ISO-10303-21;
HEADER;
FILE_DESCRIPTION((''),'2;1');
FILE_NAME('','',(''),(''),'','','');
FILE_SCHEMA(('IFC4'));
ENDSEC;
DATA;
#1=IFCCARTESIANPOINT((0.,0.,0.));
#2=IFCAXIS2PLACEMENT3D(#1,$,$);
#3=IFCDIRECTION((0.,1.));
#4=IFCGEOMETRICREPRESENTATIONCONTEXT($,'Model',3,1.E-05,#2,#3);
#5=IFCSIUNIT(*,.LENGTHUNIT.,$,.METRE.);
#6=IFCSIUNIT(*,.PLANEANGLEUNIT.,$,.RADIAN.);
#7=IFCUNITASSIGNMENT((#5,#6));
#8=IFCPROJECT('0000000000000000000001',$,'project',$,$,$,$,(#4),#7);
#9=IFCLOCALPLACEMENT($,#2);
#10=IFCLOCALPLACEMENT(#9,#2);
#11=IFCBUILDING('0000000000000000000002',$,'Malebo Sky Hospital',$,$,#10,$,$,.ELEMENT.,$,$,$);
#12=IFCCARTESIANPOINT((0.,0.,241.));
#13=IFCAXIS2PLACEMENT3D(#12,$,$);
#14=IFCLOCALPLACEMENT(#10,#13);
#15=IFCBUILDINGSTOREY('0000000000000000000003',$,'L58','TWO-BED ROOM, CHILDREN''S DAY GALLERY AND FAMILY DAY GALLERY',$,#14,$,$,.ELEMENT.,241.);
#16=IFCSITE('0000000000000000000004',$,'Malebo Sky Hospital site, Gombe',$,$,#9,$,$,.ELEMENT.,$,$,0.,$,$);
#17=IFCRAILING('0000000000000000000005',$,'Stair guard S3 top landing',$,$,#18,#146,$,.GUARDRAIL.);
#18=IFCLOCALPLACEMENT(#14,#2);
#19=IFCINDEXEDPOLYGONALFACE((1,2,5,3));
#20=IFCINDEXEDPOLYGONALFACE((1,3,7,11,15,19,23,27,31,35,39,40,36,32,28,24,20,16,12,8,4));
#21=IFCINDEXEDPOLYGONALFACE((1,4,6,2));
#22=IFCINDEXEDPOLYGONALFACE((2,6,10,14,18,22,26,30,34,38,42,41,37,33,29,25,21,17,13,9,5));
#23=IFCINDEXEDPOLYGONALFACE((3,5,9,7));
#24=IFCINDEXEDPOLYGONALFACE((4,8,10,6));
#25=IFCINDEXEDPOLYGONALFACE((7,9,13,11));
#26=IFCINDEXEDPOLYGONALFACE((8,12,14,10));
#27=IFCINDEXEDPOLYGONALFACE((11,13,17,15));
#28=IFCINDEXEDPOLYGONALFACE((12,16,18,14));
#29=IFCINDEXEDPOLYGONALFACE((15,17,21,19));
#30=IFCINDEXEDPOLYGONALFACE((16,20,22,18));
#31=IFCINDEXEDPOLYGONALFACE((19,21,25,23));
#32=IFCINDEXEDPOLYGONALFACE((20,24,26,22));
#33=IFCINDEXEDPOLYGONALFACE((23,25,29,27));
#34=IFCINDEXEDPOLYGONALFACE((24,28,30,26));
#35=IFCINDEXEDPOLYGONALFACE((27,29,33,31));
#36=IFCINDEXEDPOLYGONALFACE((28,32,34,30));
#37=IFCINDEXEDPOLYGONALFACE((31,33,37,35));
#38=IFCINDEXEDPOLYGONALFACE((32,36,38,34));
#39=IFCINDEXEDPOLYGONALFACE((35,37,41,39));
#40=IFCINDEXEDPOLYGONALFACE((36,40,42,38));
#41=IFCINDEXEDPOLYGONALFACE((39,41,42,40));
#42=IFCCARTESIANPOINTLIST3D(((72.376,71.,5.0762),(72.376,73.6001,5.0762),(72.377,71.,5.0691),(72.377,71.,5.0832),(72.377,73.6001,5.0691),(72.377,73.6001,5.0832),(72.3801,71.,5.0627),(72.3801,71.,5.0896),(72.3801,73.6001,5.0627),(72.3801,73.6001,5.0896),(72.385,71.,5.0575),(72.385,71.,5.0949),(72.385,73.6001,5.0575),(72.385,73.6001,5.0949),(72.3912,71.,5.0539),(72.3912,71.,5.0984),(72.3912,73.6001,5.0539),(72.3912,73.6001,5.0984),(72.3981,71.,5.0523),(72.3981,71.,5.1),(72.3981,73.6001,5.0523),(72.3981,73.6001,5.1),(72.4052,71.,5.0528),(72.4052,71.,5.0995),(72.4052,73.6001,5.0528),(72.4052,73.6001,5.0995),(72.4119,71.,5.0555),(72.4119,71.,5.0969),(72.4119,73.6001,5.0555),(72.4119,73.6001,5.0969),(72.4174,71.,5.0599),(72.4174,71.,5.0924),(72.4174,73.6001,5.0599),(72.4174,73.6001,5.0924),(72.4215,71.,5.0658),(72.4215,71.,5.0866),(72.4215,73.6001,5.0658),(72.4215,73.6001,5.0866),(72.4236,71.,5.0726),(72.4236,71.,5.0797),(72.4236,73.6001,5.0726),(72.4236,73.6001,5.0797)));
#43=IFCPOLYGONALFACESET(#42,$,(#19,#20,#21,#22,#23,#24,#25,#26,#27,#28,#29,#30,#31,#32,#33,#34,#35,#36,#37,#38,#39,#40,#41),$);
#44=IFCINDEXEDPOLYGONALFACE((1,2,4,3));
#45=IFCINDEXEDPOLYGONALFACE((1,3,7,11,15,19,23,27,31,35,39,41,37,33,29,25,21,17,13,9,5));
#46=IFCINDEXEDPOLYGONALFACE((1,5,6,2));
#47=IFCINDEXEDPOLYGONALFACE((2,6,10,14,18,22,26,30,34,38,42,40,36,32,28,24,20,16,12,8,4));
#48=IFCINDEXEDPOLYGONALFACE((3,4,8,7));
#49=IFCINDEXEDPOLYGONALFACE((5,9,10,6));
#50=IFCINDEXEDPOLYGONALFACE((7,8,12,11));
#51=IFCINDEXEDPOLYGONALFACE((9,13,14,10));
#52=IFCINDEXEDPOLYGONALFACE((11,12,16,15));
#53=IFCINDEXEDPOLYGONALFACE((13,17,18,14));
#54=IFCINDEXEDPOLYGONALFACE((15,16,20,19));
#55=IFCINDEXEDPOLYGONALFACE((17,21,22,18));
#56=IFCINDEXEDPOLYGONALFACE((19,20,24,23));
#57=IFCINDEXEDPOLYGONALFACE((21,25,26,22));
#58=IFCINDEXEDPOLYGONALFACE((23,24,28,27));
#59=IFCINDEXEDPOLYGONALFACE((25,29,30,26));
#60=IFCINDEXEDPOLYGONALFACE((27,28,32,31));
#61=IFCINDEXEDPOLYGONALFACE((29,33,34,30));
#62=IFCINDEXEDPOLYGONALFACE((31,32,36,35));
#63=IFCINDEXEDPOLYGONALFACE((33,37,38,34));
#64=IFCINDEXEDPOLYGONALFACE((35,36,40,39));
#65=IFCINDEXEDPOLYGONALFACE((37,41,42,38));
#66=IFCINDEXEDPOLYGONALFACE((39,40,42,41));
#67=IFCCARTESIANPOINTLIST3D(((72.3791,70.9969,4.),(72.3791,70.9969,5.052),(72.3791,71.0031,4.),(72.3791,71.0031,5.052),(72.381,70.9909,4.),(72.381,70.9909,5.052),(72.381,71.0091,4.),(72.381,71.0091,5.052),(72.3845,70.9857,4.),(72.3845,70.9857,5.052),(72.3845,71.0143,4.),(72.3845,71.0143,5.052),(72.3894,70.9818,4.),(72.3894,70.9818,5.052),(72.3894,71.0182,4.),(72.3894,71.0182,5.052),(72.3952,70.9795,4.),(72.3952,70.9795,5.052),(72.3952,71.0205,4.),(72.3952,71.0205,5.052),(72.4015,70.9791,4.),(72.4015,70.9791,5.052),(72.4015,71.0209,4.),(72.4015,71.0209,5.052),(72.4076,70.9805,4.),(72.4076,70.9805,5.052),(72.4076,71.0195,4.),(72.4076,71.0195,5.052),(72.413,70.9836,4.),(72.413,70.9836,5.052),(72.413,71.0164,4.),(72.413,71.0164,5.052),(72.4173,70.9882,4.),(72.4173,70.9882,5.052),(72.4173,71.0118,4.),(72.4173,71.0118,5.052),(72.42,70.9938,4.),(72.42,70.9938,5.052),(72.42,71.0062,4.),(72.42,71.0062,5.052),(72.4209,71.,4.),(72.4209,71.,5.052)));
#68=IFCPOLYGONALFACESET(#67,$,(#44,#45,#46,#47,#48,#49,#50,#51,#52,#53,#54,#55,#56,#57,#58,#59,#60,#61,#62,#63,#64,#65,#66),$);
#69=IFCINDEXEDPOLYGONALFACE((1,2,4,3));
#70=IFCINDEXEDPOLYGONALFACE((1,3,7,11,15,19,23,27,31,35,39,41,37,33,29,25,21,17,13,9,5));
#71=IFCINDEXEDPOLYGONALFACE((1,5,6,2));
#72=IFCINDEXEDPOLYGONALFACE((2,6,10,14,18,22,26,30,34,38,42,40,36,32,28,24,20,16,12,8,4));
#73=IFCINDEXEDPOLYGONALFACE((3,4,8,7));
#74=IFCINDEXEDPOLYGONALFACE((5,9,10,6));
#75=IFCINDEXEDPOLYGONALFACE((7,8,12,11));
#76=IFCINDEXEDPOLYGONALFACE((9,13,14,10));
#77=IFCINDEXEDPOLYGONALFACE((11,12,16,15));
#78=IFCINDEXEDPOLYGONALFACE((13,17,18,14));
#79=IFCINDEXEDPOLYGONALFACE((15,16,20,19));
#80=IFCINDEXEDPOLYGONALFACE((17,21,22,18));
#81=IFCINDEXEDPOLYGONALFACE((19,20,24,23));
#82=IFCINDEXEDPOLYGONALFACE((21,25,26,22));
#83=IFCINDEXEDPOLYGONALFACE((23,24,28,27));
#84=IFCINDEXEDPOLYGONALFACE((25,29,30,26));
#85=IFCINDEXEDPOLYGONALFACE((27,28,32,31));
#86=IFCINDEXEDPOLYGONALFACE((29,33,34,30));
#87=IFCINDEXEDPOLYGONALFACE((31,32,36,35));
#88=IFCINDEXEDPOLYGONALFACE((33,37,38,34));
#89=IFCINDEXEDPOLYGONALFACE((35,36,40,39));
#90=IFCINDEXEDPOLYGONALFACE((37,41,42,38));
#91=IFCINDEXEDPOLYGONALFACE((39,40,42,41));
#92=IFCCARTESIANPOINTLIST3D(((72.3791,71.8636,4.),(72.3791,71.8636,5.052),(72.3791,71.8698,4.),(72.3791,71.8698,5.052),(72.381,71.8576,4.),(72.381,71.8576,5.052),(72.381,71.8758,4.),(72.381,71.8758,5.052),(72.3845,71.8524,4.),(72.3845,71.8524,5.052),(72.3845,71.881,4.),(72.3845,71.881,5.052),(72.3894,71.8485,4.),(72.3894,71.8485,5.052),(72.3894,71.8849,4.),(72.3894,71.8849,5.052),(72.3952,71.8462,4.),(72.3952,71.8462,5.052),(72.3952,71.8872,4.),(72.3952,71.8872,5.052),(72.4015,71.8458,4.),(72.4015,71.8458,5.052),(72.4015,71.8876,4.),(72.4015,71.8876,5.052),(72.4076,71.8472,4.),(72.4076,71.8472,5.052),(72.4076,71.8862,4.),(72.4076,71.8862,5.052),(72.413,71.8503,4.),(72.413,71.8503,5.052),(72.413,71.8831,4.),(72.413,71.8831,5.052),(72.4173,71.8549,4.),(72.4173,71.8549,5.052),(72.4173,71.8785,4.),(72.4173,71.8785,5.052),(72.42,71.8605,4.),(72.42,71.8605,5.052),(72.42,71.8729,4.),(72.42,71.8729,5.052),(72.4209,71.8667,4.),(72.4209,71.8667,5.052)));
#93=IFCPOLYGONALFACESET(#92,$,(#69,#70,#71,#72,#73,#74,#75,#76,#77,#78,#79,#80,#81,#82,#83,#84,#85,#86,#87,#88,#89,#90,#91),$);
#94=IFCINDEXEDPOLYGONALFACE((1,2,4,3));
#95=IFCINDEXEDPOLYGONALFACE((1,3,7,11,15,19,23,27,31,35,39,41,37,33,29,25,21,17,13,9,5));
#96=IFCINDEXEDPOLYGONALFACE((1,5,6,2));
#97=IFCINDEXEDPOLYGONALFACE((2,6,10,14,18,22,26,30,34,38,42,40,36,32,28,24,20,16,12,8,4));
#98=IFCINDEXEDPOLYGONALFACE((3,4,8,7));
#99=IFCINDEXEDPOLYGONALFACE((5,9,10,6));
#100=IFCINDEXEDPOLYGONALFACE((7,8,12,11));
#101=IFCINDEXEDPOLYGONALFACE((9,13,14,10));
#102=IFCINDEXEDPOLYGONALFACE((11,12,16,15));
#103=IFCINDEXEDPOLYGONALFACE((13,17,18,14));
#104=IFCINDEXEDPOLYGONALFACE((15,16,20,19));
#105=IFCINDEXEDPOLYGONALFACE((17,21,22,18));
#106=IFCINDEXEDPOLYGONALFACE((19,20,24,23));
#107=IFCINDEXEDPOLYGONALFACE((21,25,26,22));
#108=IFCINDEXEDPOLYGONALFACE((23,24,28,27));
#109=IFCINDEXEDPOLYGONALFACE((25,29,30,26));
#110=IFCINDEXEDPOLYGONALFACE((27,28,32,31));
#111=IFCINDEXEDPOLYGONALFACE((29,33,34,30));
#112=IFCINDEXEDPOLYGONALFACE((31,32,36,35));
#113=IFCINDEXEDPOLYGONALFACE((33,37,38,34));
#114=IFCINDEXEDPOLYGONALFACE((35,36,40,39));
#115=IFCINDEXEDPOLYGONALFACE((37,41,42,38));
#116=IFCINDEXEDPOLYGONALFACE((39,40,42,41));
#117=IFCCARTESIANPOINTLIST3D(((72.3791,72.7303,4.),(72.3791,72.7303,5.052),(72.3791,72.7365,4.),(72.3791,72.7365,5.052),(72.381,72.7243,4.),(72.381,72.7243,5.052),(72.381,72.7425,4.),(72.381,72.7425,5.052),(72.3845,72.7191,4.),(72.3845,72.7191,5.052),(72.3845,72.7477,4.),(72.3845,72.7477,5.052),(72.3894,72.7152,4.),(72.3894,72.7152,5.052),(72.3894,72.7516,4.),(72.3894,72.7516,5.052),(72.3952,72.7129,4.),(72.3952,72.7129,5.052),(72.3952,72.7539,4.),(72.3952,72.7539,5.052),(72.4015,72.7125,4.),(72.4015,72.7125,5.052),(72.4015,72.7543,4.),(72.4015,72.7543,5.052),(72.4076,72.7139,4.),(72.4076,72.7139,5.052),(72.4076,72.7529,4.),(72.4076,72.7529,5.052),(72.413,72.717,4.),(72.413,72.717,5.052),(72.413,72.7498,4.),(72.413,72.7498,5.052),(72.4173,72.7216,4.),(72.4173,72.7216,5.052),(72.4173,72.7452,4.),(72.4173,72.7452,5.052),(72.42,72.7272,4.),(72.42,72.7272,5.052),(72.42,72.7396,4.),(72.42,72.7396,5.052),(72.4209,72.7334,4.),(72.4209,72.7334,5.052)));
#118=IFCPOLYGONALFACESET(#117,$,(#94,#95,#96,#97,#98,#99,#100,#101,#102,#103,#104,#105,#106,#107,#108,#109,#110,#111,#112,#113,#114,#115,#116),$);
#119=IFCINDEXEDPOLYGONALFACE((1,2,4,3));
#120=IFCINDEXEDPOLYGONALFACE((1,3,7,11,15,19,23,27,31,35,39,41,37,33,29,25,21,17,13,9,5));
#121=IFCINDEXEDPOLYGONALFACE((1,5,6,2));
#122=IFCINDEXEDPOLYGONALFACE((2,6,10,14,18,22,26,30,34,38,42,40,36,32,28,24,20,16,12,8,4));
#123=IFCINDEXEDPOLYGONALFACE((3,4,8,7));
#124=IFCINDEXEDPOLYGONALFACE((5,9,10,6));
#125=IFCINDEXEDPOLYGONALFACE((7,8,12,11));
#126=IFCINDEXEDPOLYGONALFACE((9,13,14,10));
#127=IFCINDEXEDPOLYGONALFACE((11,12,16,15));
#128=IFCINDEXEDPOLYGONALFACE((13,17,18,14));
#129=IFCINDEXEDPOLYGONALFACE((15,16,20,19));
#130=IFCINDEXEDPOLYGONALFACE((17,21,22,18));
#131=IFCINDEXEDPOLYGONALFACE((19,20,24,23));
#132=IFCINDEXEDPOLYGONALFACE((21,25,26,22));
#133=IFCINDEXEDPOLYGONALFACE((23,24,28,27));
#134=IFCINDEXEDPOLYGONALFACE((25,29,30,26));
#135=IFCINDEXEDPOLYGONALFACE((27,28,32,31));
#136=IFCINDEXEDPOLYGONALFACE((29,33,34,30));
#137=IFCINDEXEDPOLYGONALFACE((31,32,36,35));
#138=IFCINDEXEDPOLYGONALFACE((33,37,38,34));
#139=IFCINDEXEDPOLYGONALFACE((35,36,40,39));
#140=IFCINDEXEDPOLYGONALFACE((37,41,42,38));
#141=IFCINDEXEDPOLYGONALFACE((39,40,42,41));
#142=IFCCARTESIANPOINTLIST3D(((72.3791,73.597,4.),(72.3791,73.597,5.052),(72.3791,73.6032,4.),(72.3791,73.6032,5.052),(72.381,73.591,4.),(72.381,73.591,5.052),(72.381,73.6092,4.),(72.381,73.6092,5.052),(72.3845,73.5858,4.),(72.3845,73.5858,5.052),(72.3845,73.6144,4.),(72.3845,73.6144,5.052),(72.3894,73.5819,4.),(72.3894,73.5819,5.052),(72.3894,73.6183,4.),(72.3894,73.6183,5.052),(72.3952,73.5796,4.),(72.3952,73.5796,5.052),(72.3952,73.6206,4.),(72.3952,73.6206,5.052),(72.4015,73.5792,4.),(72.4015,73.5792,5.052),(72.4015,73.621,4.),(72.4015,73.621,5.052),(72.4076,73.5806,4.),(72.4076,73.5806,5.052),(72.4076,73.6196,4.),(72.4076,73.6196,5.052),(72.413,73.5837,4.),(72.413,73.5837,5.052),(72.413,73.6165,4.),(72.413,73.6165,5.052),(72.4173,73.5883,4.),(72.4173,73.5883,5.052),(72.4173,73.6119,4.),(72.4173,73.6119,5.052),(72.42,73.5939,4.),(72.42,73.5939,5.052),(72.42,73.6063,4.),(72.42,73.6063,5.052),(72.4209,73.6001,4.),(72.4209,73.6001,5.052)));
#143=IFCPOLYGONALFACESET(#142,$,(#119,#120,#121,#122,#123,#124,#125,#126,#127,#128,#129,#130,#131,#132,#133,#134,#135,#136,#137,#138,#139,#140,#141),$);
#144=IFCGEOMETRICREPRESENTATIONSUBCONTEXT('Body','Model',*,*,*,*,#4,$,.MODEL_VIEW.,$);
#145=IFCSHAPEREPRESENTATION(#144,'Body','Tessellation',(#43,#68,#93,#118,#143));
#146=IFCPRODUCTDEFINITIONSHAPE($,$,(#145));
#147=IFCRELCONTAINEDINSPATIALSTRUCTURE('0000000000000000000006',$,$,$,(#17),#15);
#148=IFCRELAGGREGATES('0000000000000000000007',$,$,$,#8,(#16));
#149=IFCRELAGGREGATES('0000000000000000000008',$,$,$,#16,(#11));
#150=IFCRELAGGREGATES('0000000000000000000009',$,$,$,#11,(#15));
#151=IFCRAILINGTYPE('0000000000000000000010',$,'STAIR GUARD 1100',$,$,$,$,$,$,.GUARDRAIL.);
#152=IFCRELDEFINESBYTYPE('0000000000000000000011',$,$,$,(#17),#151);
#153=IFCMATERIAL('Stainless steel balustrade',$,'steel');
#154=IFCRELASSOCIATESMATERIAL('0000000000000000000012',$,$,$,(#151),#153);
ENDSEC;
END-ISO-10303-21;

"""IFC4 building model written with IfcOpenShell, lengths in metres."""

from ifc_helpers import new_model, si_unit, direction, frame, origin, origin_2d, place, context, subcontext, project, spatial, circle, extrude, material, type_object, element, save


model = new_model("IFC4")

# Units and contexts
model_context = context("Model", 3, precision=1e-05, world=origin(), true_north=direction((0.0, 1.0)))
body_context = subcontext(model_context, "Body", "Model", "MODEL_VIEW")
ifc_project = project(units=[si_unit("LENGTHUNIT", "METRE"), si_unit("PLANEANGLEUNIT", "RADIAN")], contexts=[model_context])

# Site, building, storey
site_placement = place(None, origin())
site = spatial("IfcSite", under=ifc_project, at=site_placement, Name="Malebo Sky Hospital site, Gombe", CompositionType="ELEMENT", RefElevation=0.0)
building_placement = place(site_placement, origin())
building = spatial("IfcBuilding", under=site, at=building_placement, Name="Malebo Sky Hospital", CompositionType="ELEMENT")
storey_placement = place(building_placement, frame((0.0, 0.0, 241.0)))
storey = spatial("IfcBuildingStorey", under=building, at=storey_placement, Name="L58", Description="TWO-BED ROOM, CHILDREN'S DAY GALLERY AND FAMILY DAY GALLERY", CompositionType="ELEMENT", Elevation=241.0)

# Railing
ifc_material_1 = material(Name="Stainless steel balustrade", Category="steel")
railing_type_1 = type_object("IfcRailingType", Name="STAIR GUARD 1100", PredefinedType="GUARDRAIL", material=ifc_material_1)
railing_1_placement = place(storey_placement, frame((72.3999, 71.0, 4.0)))
element("IfcRailing", 1, at=railing_1_placement, inside=storey, type_object=railing_type_1, Name="Stair guard S3 top landing", PredefinedType="GUARDRAIL", context=body_context, shape_type="SweptSolid", body=[
    extrude(circle(Radius=0.0239, at=origin_2d()), frame((0.0, 0.0, 1.0762), z_axis=(0.0, 1.0, 0.0), x_axis=(-1.0, 0.0, 0.0)), (0.0, 0.0, 1.0), 2.6001),
    extrude(circle(Radius=0.021, at=origin_2d()), origin(), (0.0, 0.0, 1.0), 1.052),
    extrude(circle(Radius=0.021, at=origin_2d()), frame((0.0, 0.8667, 0.0)), (0.0, 0.0, 1.0), 1.052),
    extrude(circle(Radius=0.021, at=origin_2d()), frame((0.0, 1.7334, 0.0)), (0.0, 0.0, 1.0), 1.052),
    extrude(circle(Radius=0.021, at=origin_2d()), frame((0.0, 2.6001, 0.0)), (0.0, 0.0, 1.0), 1.052),
])

save(model, "model.ifc")
